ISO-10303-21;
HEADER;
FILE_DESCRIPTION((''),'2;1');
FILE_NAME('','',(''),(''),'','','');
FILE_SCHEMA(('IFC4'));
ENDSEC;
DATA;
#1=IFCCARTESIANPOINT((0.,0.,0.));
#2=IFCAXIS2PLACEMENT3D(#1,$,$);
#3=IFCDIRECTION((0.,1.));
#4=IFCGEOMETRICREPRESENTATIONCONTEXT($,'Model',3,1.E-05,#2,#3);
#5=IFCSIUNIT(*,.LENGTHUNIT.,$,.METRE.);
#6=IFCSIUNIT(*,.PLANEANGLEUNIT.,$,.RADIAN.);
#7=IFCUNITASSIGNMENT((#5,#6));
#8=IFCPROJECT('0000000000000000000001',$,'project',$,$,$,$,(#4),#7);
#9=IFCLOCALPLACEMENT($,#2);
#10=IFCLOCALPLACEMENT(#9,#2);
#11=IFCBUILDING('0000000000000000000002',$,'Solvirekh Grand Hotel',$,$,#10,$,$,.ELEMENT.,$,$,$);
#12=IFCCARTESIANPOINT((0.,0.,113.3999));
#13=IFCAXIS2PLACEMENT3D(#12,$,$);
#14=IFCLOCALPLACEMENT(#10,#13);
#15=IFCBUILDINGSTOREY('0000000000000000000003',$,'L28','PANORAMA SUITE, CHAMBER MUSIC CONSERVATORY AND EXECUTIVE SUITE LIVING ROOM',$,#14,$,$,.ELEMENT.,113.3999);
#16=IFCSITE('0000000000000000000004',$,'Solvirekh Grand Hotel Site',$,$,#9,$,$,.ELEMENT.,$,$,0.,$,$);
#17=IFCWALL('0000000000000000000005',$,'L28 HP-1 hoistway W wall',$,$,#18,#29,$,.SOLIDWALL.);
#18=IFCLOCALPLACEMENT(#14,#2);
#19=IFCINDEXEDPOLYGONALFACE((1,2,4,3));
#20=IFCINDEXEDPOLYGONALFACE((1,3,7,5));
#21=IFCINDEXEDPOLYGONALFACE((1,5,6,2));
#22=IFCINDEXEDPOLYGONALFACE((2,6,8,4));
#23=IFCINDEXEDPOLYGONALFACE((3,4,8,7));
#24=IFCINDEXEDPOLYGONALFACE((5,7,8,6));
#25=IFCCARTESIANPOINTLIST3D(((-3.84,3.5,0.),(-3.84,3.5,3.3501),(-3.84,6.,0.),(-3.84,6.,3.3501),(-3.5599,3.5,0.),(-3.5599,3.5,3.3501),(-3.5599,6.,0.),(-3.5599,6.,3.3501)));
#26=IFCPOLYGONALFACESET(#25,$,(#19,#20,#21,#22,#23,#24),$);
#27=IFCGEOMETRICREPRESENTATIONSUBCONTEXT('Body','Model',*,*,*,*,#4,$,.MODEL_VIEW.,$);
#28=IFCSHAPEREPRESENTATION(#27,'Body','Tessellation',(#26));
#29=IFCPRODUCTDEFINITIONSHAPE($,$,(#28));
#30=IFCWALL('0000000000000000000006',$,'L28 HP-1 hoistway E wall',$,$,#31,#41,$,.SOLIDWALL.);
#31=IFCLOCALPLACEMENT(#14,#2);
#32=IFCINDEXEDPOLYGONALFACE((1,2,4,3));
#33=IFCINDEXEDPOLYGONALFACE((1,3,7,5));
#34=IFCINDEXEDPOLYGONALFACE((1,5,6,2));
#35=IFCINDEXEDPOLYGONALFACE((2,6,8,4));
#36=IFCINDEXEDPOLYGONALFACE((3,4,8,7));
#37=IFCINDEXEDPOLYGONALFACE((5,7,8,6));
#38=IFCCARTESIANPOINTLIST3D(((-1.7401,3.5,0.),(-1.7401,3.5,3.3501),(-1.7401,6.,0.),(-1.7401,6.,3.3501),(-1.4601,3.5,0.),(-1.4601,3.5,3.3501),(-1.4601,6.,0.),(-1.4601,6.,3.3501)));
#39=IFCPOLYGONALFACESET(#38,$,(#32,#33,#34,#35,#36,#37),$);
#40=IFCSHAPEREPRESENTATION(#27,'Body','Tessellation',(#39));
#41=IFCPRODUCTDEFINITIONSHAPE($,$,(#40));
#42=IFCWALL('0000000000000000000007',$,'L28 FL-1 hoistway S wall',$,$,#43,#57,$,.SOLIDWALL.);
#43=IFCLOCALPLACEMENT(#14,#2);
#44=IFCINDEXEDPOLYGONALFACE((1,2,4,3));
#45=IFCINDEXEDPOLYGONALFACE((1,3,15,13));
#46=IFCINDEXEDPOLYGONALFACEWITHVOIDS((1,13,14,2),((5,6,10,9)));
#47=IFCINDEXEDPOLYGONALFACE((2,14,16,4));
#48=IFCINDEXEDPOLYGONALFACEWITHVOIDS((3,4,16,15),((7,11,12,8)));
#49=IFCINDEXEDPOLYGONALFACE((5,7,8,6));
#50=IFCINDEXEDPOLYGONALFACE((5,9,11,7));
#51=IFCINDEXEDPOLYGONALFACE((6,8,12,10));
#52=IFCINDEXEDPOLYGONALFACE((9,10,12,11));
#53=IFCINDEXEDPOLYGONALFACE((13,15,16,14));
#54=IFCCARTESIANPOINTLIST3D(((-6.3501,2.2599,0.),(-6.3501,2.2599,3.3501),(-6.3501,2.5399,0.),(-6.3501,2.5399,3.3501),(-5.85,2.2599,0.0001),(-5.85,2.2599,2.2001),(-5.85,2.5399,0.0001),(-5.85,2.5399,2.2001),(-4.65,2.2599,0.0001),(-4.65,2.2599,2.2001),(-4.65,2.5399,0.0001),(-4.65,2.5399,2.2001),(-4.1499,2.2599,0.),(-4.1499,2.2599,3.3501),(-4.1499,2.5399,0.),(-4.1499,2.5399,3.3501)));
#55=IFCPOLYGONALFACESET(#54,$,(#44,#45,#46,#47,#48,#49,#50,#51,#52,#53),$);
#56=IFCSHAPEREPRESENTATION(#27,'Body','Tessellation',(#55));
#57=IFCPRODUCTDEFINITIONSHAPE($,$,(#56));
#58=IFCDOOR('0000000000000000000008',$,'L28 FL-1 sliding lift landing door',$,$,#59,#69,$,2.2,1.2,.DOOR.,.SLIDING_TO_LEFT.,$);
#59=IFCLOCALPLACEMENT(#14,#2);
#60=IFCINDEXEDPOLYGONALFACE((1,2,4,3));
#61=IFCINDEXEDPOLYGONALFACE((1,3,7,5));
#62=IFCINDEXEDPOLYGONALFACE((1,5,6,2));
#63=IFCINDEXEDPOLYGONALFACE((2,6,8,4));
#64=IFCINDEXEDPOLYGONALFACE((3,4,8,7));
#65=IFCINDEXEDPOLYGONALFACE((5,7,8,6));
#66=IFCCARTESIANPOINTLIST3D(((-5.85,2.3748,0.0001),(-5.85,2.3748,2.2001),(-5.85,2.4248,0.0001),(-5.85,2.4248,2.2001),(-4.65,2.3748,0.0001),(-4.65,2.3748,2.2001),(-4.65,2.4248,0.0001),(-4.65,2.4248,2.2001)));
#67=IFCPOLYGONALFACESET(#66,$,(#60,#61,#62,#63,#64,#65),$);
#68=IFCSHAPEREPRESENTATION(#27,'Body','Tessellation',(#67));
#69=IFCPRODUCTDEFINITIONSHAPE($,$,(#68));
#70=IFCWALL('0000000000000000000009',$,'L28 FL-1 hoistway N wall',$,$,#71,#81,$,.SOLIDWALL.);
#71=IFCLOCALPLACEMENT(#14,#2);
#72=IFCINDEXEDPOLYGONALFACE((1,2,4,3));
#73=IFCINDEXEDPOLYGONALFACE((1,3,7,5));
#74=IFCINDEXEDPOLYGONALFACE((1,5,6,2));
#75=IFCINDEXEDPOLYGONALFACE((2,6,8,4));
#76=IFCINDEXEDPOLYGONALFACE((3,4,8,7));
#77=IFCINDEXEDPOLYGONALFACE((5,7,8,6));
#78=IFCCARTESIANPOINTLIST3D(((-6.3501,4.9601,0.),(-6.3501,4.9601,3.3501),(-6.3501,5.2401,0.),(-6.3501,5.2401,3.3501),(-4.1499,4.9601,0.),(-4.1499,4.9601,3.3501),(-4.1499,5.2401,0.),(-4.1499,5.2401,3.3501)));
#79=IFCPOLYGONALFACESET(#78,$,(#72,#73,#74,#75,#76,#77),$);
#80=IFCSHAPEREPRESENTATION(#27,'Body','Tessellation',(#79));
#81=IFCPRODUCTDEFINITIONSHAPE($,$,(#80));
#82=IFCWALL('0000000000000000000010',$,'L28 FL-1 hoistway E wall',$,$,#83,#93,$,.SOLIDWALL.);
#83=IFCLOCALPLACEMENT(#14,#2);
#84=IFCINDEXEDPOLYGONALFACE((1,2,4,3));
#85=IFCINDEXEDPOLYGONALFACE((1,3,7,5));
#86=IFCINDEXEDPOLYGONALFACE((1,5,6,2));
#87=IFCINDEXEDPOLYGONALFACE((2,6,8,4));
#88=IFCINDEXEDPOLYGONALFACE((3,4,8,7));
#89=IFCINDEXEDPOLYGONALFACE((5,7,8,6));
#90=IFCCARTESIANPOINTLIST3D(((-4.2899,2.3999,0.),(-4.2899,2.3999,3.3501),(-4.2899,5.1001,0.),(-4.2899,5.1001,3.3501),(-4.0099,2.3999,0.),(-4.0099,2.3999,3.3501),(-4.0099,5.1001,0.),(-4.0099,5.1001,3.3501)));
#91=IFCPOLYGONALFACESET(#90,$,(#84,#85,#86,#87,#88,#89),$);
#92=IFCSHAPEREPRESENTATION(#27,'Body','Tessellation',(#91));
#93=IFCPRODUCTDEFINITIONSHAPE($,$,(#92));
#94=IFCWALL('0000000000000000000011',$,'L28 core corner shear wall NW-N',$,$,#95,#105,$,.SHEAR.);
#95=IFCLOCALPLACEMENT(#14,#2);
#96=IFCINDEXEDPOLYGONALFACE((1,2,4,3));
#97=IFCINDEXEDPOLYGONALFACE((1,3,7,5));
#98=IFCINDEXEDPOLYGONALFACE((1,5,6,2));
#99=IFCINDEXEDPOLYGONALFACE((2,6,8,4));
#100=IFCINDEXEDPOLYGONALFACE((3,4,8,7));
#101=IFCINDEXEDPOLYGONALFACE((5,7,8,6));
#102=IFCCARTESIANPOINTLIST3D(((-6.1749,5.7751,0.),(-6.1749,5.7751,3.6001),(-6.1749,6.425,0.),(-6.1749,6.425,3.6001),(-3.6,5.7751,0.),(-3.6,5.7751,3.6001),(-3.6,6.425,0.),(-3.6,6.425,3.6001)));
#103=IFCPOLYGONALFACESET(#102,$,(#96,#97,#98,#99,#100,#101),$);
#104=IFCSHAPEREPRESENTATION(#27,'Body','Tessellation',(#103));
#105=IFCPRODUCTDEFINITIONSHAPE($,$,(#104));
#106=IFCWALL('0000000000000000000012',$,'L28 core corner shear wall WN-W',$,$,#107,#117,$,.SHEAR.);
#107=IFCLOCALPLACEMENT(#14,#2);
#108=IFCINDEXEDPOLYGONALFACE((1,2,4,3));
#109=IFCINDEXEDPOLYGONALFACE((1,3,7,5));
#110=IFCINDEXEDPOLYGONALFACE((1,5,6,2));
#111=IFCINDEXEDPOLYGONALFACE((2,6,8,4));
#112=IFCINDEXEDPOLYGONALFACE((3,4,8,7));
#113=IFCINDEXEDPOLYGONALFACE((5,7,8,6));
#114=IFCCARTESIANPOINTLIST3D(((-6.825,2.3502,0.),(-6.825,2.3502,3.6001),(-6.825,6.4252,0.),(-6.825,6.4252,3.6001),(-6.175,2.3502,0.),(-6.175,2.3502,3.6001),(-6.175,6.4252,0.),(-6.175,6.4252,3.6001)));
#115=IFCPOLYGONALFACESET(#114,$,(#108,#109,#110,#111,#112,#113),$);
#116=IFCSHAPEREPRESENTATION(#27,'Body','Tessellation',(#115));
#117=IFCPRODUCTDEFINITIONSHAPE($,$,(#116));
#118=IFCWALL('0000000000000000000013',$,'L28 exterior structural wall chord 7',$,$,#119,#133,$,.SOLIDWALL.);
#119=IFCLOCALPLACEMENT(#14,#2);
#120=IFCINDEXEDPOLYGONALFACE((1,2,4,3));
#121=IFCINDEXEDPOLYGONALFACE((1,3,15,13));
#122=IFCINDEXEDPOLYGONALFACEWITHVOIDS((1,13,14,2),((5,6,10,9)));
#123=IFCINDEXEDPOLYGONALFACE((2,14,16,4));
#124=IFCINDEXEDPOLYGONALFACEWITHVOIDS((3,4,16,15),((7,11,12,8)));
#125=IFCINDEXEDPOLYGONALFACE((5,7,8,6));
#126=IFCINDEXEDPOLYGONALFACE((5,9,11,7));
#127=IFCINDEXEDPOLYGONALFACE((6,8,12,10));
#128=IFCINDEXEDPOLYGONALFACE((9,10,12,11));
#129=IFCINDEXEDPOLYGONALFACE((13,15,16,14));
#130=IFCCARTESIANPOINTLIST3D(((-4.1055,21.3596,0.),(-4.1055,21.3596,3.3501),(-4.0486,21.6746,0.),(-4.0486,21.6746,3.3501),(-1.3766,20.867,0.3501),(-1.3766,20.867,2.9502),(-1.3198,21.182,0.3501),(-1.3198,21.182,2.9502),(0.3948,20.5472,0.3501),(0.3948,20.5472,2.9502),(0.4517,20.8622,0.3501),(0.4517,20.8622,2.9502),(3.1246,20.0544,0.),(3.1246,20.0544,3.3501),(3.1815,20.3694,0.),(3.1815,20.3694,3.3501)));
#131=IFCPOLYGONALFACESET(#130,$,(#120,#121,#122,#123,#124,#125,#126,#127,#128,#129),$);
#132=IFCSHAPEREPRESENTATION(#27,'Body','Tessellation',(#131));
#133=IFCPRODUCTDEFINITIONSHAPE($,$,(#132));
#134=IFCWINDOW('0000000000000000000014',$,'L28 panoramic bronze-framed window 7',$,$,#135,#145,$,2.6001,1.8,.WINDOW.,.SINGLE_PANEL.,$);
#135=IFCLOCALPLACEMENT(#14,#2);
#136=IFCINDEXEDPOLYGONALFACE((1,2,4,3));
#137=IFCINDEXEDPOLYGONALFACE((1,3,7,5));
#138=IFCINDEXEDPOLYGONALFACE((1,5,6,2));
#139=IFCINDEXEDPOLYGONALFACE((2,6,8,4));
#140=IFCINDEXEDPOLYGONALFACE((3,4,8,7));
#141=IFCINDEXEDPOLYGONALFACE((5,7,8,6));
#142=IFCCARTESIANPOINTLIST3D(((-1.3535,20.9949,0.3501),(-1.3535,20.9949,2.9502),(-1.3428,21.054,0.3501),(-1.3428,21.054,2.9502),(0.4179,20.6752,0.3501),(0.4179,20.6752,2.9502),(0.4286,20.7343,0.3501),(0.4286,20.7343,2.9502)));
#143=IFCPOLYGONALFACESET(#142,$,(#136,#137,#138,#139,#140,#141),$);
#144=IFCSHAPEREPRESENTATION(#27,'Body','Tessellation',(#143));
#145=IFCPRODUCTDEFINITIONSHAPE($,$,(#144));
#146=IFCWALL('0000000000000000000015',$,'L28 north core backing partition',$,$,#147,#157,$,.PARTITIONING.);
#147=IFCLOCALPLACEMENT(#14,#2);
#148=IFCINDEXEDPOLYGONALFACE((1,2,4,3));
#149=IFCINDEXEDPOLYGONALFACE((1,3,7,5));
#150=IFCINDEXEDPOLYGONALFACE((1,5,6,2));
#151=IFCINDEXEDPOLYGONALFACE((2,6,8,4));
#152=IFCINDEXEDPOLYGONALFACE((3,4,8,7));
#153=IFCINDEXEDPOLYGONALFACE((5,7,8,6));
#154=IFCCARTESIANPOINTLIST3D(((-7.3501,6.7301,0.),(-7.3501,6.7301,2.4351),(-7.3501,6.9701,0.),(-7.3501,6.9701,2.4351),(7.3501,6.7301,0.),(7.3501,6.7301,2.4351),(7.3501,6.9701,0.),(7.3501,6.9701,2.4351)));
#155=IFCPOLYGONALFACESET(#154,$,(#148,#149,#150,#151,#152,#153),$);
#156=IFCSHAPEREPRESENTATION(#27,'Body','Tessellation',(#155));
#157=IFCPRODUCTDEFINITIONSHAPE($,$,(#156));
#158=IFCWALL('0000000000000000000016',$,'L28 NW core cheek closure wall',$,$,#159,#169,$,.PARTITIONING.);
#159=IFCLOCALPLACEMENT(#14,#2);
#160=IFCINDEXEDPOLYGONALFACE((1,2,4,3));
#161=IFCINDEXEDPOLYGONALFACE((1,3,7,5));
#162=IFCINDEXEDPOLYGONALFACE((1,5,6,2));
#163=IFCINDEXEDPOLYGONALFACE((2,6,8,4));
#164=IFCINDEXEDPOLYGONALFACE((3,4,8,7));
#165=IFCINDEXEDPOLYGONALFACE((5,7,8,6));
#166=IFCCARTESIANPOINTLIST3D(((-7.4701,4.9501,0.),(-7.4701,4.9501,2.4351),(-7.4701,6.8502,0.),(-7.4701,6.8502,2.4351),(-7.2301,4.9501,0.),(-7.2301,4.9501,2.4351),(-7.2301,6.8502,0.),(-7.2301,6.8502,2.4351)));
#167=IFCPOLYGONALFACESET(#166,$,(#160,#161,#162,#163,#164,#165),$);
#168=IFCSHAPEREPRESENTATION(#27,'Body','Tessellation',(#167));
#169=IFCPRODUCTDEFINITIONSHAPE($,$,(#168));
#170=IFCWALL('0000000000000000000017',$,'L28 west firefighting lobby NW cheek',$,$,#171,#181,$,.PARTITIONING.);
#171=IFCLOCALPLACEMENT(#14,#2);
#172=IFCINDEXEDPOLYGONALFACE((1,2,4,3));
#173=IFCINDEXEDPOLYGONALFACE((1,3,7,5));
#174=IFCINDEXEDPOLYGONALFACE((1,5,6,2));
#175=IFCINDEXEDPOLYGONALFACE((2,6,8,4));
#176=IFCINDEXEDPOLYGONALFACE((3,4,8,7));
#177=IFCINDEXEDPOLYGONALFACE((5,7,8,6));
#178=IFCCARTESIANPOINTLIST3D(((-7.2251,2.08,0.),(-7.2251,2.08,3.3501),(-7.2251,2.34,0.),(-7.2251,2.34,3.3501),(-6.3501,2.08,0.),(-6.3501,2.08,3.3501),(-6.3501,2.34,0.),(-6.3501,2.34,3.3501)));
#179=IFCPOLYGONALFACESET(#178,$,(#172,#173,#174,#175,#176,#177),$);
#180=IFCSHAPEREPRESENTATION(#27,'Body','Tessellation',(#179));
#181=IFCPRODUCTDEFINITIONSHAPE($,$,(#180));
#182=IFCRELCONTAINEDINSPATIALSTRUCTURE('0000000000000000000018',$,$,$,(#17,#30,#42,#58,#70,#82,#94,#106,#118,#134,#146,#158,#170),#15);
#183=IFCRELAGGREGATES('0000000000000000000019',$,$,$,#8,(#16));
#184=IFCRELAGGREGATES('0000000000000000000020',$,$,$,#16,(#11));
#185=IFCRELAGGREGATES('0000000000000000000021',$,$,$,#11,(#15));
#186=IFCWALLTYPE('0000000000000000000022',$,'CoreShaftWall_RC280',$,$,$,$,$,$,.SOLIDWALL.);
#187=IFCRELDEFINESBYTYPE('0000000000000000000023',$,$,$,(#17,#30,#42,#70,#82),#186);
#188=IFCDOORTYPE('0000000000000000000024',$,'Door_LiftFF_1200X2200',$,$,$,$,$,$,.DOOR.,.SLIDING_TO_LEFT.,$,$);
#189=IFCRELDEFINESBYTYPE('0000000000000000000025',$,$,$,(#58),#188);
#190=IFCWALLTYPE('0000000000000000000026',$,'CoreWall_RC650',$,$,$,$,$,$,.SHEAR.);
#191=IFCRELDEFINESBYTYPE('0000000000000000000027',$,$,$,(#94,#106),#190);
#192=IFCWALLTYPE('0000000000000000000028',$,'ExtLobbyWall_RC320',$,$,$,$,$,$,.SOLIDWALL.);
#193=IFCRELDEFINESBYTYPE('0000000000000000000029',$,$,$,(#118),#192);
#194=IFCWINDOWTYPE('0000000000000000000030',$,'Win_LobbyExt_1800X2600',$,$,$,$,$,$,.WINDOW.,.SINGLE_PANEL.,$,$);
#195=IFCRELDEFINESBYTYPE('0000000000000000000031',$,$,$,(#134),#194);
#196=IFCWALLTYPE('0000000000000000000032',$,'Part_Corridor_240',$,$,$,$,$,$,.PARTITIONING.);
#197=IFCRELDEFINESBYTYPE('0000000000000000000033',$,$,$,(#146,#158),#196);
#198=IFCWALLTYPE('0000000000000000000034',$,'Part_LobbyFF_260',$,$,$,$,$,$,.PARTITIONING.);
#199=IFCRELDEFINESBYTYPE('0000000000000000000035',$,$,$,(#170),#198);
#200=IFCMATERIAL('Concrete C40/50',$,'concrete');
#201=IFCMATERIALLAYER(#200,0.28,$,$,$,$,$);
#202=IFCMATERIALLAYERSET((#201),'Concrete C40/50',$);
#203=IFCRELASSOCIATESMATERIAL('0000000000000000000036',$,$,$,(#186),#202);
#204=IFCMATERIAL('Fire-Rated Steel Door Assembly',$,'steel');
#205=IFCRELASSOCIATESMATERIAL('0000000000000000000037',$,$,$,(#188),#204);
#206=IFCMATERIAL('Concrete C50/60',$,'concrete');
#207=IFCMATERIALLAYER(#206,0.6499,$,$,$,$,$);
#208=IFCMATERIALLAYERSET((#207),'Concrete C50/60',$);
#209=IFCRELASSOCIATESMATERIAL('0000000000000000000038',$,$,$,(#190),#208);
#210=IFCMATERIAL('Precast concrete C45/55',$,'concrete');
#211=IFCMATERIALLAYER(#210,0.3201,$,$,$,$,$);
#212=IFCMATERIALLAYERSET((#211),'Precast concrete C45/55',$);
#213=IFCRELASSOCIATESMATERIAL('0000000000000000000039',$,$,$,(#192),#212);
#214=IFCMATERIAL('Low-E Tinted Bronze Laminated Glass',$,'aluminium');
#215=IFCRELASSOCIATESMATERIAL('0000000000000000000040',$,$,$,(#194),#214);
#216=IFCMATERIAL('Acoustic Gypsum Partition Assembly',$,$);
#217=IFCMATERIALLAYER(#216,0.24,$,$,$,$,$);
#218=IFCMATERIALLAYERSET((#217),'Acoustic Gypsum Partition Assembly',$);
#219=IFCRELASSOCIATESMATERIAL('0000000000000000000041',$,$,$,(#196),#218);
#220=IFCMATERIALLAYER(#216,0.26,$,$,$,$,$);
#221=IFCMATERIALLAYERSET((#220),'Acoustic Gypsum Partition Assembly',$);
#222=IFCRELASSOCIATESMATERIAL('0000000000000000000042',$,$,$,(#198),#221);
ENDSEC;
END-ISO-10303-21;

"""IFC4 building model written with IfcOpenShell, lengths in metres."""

from ifc_helpers import new_model, si_unit, direction, frame, frame_2d, origin, place, context, subcontext, project, spatial, rectangle, extrude, material, layer, layer_set, type_object, element, fill, save


model = new_model("IFC4")

# Units and contexts
model_context = context("Model", 3, precision=1e-05, world=origin(), true_north=direction((0.0, 1.0)))
body_context = subcontext(model_context, "Body", "Model", "MODEL_VIEW")
ifc_project = project(units=[si_unit("LENGTHUNIT", "METRE"), si_unit("PLANEANGLEUNIT", "RADIAN")], contexts=[model_context])

# Site, building, storey
site_placement = place(None, origin())
site = spatial("IfcSite", under=ifc_project, at=site_placement, Name="Solvirekh Grand Hotel Site", CompositionType="ELEMENT", RefElevation=0.0)
building_placement = place(site_placement, origin())
building = spatial("IfcBuilding", under=site, at=building_placement, Name="Solvirekh Grand Hotel", CompositionType="ELEMENT")
storey_placement = place(building_placement, frame((0.0, 0.0, 113.3999)))
storey = spatial("IfcBuildingStorey", under=building, at=storey_placement, Name="L28", Description="PANORAMA SUITE, CHAMBER MUSIC CONSERVATORY AND EXECUTIVE SUITE LIVING ROOM", CompositionType="ELEMENT", Elevation=113.3999)

# Shared definitions
ifc_material_1 = material(Name="Concrete C50/60", Category="concrete")

# Shared definitions
ifc_material_2 = material(Name="Low-E Tinted Bronze Laminated Glass", Category="aluminium")

# Walls
ifc_material_3 = material(Name="Concrete C40/50", Category="concrete")
ifc_layer_1 = layer(ifc_material_3, 0.28)
ifc_layer_set_1 = layer_set([ifc_layer_1], Name="Concrete C40/50")
wall_type_1 = type_object("IfcWallType", Name="CoreShaftWall_RC280", PredefinedType="SOLIDWALL", material=ifc_layer_set_1)
for number, where, z_axis, x_axis, name in (
    (1, (-3.7, 6.0, 0.0), (0.0, 0.0, 1.0), (0.0, -1.0, 0.0), "L28 HP-1 hoistway W wall"),
    (2, (-1.6001, 3.5, 0.0), (0.0, 0.0, 1.0), (0.0, 1.0, 0.0), "L28 HP-1 hoistway E wall"),
):
    element("IfcWall", number, at=place(storey_placement, frame(where, z_axis=z_axis, x_axis=x_axis)), inside=storey, type_object=wall_type_1, Name=name, PredefinedType="SOLIDWALL", context=body_context, shape_type="SweptSolid", body=[
        extrude(rectangle(XDim=2.5, YDim=0.28, at=frame_2d((1.25, 0.0))), origin(), (0.0, 0.0, 1.0), 3.3501),
    ])

# Wall, opening, door
wall_1_placement = place(storey_placement, frame((-6.3501, 2.3999, 0.0), z_axis=(0.0, 0.0, 1.0), x_axis=(1.0, 0.0, 0.0)))
wall_1 = element("IfcWall", 3, at=wall_1_placement, inside=storey, type_object=wall_type_1, Name="L28 FL-1 hoistway S wall", PredefinedType="SOLIDWALL", context=body_context, shape_type="SweptSolid", body=[
    extrude(rectangle(XDim=2.2002, YDim=0.28, at=frame_2d((1.1001, 0.0))), origin(), (0.0, 0.0, 1.0), 3.3501),
])
opening_1_placement = place(wall_1_placement, frame((0.5, 0.0, 0.0)))
opening_1 = element("IfcOpeningElement", 4, at=opening_1_placement, cuts=wall_1, PredefinedType="OPENING", context=body_context, shape_type="SweptSolid", body=[
    extrude(rectangle(XDim=1.2, YDim=2.2, at=frame_2d((0.6001, 1.1001))), frame((0.0, 0.1499, 0.0), z_axis=(0.0, -1.0, 0.0), x_axis=(1.0, 0.0, 0.0)), (0.0, 0.0, 1.0), 0.3),
])
ifc_material_4 = material(Name="Fire-Rated Steel Door Assembly", Category="steel")
door_type_1 = type_object("IfcDoorType", Name="Door_LiftFF_1200X2200", OperationType="SLIDING_TO_LEFT", PredefinedType="DOOR", material=ifc_material_4)
door_1_placement = place(opening_1_placement, origin())
door_1 = element("IfcDoor", 5, at=door_1_placement, inside=storey, type_object=door_type_1, Name="L28 FL-1 sliding lift landing door", OperationType="SLIDING_TO_LEFT", OverallHeight=2.2, OverallWidth=1.2, PredefinedType="DOOR", context=body_context, shape_type="SweptSolid", body=[
    extrude(rectangle(XDim=1.2, YDim=2.2, at=frame_2d((0.6001, 1.1001))), frame((0.0, 0.0249, 0.0), z_axis=(0.0, -1.0, 0.0), x_axis=(1.0, 0.0, 0.0)), (0.0, 0.0, 1.0), 0.05),
])
fill(opening_1, door_1)

# Walls
wall_2_placement = place(storey_placement, frame((-4.1499, 5.1001, 0.0), z_axis=(0.0, 0.0, 1.0), x_axis=(-1.0, 0.0, 0.0)))
element("IfcWall", 6, at=wall_2_placement, inside=storey, type_object=wall_type_1, Name="L28 FL-1 hoistway N wall", PredefinedType="SOLIDWALL", context=body_context, shape_type="SweptSolid", body=[
    extrude(rectangle(XDim=2.2002, YDim=0.28, at=frame_2d((1.1001, 0.0))), origin(), (0.0, 0.0, 1.0), 3.3501),
])
wall_3_placement = place(storey_placement, frame((-4.1499, 2.3999, 0.0), z_axis=(0.0, 0.0, 1.0), x_axis=(0.0, 1.0, 0.0)))
element("IfcWall", 7, at=wall_3_placement, inside=storey, type_object=wall_type_1, Name="L28 FL-1 hoistway E wall", PredefinedType="SOLIDWALL", context=body_context, shape_type="SweptSolid", body=[
    extrude(rectangle(XDim=2.7002, YDim=0.28, at=frame_2d((1.3501, 0.0))), origin(), (0.0, 0.0, 1.0), 3.3501),
])
ifc_layer_2 = layer(ifc_material_1, 0.6499)
ifc_layer_set_2 = layer_set([ifc_layer_2], Name="Concrete C50/60")
wall_type_2 = type_object("IfcWallType", Name="CoreWall_RC650", PredefinedType="SHEAR", material=ifc_layer_set_2)
wall_4_placement = place(storey_placement, frame((-6.175, 6.1001, 0.0), z_axis=(0.0, 0.0, 1.0), x_axis=(1.0, 0.0, 0.0)))
element("IfcWall", 8, at=wall_4_placement, inside=storey, type_object=wall_type_2, Name="L28 core corner shear wall NW-N", PredefinedType="SHEAR", context=body_context, shape_type="SweptSolid", body=[
    extrude(rectangle(XDim=2.575, YDim=0.6499, at=frame_2d((1.2876, 0.0))), origin(), (0.0, 0.0, 1.0), 3.6001),
])
wall_5_placement = place(storey_placement, frame((-6.5, 2.3501, 0.0), z_axis=(0.0, 0.0, 1.0), x_axis=(0.0, 1.0, 0.0)))
element("IfcWall", 9, at=wall_5_placement, inside=storey, type_object=wall_type_2, Name="L28 core corner shear wall WN-W", PredefinedType="SHEAR", context=body_context, shape_type="SweptSolid", body=[
    extrude(rectangle(XDim=4.075, YDim=0.6499, at=frame_2d((2.0376, 0.0))), origin(), (0.0, 0.0, 1.0), 3.6001),
])

# Wall, opening, window
ifc_material_5 = material(Name="Precast concrete C45/55", Category="concrete")
ifc_layer_3 = layer(ifc_material_5, 0.3201)
ifc_layer_set_3 = layer_set([ifc_layer_3], Name="Precast concrete C45/55")
wall_type_3 = type_object("IfcWallType", Name="ExtLobbyWall_RC320", PredefinedType="SOLIDWALL", material=ifc_layer_set_3)
wall_6_placement = place(storey_placement, frame((-4.0769, 21.5171, 0.0), z_axis=(0.0, 0.0, 1.0), x_axis=(0.984094, -0.177651, 0.0)))
wall_6 = element("IfcWall", 10, at=wall_6_placement, inside=storey, type_object=wall_type_3, Name="L28 exterior structural wall chord 7", PredefinedType="SOLIDWALL", context=body_context, shape_type="SweptSolid", body=[
    extrude(rectangle(XDim=7.3469, YDim=0.3201, at=frame_2d((3.6733, 0.0))), origin(), (0.0, 0.0, 1.0), 3.3501),
])
opening_2_placement = place(wall_6_placement, frame((2.7729, 0.0, 0.3501)))
opening_2 = element("IfcOpeningElement", 11, at=opening_2_placement, cuts=wall_6, PredefinedType="OPENING", context=body_context, shape_type="SweptSolid", body=[
    extrude(rectangle(XDim=1.8, YDim=2.6001, at=frame_2d((0.8999, 1.3))), frame((0.0, 0.1699, 0.0), z_axis=(0.0, -1.0, 0.0), x_axis=(1.0, 0.0, 0.0)), (0.0, 0.0, 1.0), 0.3401),
])
window_type = type_object("IfcWindowType", Name="Win_LobbyExt_1800X2600", PartitioningType="SINGLE_PANEL", PredefinedType="WINDOW", material=ifc_material_2)
window_placement = place(opening_2_placement, origin())
window = element("IfcWindow", 12, at=window_placement, inside=storey, type_object=window_type, Name="L28 panoramic bronze-framed window 7", OverallHeight=2.6001, OverallWidth=1.8, PartitioningType="SINGLE_PANEL", PredefinedType="WINDOW", context=body_context, shape_type="SweptSolid", body=[
    extrude(rectangle(XDim=1.8, YDim=2.6001, at=frame_2d((0.8999, 1.3))), frame((0.0, 0.03, 0.0), z_axis=(0.0, -1.0, 0.0), x_axis=(1.0, 0.0, 0.0)), (0.0, 0.0, 1.0), 0.0601),
])
fill(opening_2, window)

# Walls
ifc_material_6 = material(Name="Acoustic Gypsum Partition Assembly")
ifc_layer_4 = layer(ifc_material_6, 0.24)
ifc_layer_set_4 = layer_set([ifc_layer_4], Name="Acoustic Gypsum Partition Assembly")
wall_type_4 = type_object("IfcWallType", Name="Part_Corridor_240", PredefinedType="PARTITIONING", material=ifc_layer_set_4)
wall_7_placement = place(storey_placement, frame((-7.3501, 6.8501, 0.0), z_axis=(0.0, 0.0, 1.0), x_axis=(1.0, 0.0, 0.0)))
element("IfcWall", 13, at=wall_7_placement, inside=storey, type_object=wall_type_4, Name="L28 north core backing partition", PredefinedType="PARTITIONING", context=body_context, shape_type="SweptSolid", body=[
    extrude(rectangle(XDim=14.7002, YDim=0.24, at=frame_2d((7.3501, 0.0))), origin(), (0.0, 0.0, 1.0), 2.4351),
])
wall_8_placement = place(storey_placement, frame((-7.3501, 4.95, 0.0), z_axis=(0.0, 0.0, 1.0), x_axis=(0.0, 1.0, 0.0)))
element("IfcWall", 14, at=wall_8_placement, inside=storey, type_object=wall_type_4, Name="L28 NW core cheek closure wall", PredefinedType="PARTITIONING", context=body_context, shape_type="SweptSolid", body=[
    extrude(rectangle(XDim=1.9001, YDim=0.24, at=frame_2d((0.9502, 0.0))), origin(), (0.0, 0.0, 1.0), 2.4351),
])
ifc_layer_5 = layer(ifc_material_6, 0.26)
ifc_layer_set_5 = layer_set([ifc_layer_5], Name="Acoustic Gypsum Partition Assembly")
wall_type_5 = type_object("IfcWallType", Name="Part_LobbyFF_260", PredefinedType="PARTITIONING", material=ifc_layer_set_5)
wall_9_placement = place(storey_placement, frame((-7.2251, 2.21, 0.0), z_axis=(0.0, 0.0, 1.0), x_axis=(1.0, 0.0, 0.0)))
element("IfcWall", 15, at=wall_9_placement, inside=storey, type_object=wall_type_5, Name="L28 west firefighting lobby NW cheek", PredefinedType="PARTITIONING", context=body_context, shape_type="SweptSolid", body=[
    extrude(rectangle(XDim=0.875, YDim=0.26, at=frame_2d((0.4375, 0.0))), origin(), (0.0, 0.0, 1.0), 3.3501),
])

save(model, "model.ifc")
